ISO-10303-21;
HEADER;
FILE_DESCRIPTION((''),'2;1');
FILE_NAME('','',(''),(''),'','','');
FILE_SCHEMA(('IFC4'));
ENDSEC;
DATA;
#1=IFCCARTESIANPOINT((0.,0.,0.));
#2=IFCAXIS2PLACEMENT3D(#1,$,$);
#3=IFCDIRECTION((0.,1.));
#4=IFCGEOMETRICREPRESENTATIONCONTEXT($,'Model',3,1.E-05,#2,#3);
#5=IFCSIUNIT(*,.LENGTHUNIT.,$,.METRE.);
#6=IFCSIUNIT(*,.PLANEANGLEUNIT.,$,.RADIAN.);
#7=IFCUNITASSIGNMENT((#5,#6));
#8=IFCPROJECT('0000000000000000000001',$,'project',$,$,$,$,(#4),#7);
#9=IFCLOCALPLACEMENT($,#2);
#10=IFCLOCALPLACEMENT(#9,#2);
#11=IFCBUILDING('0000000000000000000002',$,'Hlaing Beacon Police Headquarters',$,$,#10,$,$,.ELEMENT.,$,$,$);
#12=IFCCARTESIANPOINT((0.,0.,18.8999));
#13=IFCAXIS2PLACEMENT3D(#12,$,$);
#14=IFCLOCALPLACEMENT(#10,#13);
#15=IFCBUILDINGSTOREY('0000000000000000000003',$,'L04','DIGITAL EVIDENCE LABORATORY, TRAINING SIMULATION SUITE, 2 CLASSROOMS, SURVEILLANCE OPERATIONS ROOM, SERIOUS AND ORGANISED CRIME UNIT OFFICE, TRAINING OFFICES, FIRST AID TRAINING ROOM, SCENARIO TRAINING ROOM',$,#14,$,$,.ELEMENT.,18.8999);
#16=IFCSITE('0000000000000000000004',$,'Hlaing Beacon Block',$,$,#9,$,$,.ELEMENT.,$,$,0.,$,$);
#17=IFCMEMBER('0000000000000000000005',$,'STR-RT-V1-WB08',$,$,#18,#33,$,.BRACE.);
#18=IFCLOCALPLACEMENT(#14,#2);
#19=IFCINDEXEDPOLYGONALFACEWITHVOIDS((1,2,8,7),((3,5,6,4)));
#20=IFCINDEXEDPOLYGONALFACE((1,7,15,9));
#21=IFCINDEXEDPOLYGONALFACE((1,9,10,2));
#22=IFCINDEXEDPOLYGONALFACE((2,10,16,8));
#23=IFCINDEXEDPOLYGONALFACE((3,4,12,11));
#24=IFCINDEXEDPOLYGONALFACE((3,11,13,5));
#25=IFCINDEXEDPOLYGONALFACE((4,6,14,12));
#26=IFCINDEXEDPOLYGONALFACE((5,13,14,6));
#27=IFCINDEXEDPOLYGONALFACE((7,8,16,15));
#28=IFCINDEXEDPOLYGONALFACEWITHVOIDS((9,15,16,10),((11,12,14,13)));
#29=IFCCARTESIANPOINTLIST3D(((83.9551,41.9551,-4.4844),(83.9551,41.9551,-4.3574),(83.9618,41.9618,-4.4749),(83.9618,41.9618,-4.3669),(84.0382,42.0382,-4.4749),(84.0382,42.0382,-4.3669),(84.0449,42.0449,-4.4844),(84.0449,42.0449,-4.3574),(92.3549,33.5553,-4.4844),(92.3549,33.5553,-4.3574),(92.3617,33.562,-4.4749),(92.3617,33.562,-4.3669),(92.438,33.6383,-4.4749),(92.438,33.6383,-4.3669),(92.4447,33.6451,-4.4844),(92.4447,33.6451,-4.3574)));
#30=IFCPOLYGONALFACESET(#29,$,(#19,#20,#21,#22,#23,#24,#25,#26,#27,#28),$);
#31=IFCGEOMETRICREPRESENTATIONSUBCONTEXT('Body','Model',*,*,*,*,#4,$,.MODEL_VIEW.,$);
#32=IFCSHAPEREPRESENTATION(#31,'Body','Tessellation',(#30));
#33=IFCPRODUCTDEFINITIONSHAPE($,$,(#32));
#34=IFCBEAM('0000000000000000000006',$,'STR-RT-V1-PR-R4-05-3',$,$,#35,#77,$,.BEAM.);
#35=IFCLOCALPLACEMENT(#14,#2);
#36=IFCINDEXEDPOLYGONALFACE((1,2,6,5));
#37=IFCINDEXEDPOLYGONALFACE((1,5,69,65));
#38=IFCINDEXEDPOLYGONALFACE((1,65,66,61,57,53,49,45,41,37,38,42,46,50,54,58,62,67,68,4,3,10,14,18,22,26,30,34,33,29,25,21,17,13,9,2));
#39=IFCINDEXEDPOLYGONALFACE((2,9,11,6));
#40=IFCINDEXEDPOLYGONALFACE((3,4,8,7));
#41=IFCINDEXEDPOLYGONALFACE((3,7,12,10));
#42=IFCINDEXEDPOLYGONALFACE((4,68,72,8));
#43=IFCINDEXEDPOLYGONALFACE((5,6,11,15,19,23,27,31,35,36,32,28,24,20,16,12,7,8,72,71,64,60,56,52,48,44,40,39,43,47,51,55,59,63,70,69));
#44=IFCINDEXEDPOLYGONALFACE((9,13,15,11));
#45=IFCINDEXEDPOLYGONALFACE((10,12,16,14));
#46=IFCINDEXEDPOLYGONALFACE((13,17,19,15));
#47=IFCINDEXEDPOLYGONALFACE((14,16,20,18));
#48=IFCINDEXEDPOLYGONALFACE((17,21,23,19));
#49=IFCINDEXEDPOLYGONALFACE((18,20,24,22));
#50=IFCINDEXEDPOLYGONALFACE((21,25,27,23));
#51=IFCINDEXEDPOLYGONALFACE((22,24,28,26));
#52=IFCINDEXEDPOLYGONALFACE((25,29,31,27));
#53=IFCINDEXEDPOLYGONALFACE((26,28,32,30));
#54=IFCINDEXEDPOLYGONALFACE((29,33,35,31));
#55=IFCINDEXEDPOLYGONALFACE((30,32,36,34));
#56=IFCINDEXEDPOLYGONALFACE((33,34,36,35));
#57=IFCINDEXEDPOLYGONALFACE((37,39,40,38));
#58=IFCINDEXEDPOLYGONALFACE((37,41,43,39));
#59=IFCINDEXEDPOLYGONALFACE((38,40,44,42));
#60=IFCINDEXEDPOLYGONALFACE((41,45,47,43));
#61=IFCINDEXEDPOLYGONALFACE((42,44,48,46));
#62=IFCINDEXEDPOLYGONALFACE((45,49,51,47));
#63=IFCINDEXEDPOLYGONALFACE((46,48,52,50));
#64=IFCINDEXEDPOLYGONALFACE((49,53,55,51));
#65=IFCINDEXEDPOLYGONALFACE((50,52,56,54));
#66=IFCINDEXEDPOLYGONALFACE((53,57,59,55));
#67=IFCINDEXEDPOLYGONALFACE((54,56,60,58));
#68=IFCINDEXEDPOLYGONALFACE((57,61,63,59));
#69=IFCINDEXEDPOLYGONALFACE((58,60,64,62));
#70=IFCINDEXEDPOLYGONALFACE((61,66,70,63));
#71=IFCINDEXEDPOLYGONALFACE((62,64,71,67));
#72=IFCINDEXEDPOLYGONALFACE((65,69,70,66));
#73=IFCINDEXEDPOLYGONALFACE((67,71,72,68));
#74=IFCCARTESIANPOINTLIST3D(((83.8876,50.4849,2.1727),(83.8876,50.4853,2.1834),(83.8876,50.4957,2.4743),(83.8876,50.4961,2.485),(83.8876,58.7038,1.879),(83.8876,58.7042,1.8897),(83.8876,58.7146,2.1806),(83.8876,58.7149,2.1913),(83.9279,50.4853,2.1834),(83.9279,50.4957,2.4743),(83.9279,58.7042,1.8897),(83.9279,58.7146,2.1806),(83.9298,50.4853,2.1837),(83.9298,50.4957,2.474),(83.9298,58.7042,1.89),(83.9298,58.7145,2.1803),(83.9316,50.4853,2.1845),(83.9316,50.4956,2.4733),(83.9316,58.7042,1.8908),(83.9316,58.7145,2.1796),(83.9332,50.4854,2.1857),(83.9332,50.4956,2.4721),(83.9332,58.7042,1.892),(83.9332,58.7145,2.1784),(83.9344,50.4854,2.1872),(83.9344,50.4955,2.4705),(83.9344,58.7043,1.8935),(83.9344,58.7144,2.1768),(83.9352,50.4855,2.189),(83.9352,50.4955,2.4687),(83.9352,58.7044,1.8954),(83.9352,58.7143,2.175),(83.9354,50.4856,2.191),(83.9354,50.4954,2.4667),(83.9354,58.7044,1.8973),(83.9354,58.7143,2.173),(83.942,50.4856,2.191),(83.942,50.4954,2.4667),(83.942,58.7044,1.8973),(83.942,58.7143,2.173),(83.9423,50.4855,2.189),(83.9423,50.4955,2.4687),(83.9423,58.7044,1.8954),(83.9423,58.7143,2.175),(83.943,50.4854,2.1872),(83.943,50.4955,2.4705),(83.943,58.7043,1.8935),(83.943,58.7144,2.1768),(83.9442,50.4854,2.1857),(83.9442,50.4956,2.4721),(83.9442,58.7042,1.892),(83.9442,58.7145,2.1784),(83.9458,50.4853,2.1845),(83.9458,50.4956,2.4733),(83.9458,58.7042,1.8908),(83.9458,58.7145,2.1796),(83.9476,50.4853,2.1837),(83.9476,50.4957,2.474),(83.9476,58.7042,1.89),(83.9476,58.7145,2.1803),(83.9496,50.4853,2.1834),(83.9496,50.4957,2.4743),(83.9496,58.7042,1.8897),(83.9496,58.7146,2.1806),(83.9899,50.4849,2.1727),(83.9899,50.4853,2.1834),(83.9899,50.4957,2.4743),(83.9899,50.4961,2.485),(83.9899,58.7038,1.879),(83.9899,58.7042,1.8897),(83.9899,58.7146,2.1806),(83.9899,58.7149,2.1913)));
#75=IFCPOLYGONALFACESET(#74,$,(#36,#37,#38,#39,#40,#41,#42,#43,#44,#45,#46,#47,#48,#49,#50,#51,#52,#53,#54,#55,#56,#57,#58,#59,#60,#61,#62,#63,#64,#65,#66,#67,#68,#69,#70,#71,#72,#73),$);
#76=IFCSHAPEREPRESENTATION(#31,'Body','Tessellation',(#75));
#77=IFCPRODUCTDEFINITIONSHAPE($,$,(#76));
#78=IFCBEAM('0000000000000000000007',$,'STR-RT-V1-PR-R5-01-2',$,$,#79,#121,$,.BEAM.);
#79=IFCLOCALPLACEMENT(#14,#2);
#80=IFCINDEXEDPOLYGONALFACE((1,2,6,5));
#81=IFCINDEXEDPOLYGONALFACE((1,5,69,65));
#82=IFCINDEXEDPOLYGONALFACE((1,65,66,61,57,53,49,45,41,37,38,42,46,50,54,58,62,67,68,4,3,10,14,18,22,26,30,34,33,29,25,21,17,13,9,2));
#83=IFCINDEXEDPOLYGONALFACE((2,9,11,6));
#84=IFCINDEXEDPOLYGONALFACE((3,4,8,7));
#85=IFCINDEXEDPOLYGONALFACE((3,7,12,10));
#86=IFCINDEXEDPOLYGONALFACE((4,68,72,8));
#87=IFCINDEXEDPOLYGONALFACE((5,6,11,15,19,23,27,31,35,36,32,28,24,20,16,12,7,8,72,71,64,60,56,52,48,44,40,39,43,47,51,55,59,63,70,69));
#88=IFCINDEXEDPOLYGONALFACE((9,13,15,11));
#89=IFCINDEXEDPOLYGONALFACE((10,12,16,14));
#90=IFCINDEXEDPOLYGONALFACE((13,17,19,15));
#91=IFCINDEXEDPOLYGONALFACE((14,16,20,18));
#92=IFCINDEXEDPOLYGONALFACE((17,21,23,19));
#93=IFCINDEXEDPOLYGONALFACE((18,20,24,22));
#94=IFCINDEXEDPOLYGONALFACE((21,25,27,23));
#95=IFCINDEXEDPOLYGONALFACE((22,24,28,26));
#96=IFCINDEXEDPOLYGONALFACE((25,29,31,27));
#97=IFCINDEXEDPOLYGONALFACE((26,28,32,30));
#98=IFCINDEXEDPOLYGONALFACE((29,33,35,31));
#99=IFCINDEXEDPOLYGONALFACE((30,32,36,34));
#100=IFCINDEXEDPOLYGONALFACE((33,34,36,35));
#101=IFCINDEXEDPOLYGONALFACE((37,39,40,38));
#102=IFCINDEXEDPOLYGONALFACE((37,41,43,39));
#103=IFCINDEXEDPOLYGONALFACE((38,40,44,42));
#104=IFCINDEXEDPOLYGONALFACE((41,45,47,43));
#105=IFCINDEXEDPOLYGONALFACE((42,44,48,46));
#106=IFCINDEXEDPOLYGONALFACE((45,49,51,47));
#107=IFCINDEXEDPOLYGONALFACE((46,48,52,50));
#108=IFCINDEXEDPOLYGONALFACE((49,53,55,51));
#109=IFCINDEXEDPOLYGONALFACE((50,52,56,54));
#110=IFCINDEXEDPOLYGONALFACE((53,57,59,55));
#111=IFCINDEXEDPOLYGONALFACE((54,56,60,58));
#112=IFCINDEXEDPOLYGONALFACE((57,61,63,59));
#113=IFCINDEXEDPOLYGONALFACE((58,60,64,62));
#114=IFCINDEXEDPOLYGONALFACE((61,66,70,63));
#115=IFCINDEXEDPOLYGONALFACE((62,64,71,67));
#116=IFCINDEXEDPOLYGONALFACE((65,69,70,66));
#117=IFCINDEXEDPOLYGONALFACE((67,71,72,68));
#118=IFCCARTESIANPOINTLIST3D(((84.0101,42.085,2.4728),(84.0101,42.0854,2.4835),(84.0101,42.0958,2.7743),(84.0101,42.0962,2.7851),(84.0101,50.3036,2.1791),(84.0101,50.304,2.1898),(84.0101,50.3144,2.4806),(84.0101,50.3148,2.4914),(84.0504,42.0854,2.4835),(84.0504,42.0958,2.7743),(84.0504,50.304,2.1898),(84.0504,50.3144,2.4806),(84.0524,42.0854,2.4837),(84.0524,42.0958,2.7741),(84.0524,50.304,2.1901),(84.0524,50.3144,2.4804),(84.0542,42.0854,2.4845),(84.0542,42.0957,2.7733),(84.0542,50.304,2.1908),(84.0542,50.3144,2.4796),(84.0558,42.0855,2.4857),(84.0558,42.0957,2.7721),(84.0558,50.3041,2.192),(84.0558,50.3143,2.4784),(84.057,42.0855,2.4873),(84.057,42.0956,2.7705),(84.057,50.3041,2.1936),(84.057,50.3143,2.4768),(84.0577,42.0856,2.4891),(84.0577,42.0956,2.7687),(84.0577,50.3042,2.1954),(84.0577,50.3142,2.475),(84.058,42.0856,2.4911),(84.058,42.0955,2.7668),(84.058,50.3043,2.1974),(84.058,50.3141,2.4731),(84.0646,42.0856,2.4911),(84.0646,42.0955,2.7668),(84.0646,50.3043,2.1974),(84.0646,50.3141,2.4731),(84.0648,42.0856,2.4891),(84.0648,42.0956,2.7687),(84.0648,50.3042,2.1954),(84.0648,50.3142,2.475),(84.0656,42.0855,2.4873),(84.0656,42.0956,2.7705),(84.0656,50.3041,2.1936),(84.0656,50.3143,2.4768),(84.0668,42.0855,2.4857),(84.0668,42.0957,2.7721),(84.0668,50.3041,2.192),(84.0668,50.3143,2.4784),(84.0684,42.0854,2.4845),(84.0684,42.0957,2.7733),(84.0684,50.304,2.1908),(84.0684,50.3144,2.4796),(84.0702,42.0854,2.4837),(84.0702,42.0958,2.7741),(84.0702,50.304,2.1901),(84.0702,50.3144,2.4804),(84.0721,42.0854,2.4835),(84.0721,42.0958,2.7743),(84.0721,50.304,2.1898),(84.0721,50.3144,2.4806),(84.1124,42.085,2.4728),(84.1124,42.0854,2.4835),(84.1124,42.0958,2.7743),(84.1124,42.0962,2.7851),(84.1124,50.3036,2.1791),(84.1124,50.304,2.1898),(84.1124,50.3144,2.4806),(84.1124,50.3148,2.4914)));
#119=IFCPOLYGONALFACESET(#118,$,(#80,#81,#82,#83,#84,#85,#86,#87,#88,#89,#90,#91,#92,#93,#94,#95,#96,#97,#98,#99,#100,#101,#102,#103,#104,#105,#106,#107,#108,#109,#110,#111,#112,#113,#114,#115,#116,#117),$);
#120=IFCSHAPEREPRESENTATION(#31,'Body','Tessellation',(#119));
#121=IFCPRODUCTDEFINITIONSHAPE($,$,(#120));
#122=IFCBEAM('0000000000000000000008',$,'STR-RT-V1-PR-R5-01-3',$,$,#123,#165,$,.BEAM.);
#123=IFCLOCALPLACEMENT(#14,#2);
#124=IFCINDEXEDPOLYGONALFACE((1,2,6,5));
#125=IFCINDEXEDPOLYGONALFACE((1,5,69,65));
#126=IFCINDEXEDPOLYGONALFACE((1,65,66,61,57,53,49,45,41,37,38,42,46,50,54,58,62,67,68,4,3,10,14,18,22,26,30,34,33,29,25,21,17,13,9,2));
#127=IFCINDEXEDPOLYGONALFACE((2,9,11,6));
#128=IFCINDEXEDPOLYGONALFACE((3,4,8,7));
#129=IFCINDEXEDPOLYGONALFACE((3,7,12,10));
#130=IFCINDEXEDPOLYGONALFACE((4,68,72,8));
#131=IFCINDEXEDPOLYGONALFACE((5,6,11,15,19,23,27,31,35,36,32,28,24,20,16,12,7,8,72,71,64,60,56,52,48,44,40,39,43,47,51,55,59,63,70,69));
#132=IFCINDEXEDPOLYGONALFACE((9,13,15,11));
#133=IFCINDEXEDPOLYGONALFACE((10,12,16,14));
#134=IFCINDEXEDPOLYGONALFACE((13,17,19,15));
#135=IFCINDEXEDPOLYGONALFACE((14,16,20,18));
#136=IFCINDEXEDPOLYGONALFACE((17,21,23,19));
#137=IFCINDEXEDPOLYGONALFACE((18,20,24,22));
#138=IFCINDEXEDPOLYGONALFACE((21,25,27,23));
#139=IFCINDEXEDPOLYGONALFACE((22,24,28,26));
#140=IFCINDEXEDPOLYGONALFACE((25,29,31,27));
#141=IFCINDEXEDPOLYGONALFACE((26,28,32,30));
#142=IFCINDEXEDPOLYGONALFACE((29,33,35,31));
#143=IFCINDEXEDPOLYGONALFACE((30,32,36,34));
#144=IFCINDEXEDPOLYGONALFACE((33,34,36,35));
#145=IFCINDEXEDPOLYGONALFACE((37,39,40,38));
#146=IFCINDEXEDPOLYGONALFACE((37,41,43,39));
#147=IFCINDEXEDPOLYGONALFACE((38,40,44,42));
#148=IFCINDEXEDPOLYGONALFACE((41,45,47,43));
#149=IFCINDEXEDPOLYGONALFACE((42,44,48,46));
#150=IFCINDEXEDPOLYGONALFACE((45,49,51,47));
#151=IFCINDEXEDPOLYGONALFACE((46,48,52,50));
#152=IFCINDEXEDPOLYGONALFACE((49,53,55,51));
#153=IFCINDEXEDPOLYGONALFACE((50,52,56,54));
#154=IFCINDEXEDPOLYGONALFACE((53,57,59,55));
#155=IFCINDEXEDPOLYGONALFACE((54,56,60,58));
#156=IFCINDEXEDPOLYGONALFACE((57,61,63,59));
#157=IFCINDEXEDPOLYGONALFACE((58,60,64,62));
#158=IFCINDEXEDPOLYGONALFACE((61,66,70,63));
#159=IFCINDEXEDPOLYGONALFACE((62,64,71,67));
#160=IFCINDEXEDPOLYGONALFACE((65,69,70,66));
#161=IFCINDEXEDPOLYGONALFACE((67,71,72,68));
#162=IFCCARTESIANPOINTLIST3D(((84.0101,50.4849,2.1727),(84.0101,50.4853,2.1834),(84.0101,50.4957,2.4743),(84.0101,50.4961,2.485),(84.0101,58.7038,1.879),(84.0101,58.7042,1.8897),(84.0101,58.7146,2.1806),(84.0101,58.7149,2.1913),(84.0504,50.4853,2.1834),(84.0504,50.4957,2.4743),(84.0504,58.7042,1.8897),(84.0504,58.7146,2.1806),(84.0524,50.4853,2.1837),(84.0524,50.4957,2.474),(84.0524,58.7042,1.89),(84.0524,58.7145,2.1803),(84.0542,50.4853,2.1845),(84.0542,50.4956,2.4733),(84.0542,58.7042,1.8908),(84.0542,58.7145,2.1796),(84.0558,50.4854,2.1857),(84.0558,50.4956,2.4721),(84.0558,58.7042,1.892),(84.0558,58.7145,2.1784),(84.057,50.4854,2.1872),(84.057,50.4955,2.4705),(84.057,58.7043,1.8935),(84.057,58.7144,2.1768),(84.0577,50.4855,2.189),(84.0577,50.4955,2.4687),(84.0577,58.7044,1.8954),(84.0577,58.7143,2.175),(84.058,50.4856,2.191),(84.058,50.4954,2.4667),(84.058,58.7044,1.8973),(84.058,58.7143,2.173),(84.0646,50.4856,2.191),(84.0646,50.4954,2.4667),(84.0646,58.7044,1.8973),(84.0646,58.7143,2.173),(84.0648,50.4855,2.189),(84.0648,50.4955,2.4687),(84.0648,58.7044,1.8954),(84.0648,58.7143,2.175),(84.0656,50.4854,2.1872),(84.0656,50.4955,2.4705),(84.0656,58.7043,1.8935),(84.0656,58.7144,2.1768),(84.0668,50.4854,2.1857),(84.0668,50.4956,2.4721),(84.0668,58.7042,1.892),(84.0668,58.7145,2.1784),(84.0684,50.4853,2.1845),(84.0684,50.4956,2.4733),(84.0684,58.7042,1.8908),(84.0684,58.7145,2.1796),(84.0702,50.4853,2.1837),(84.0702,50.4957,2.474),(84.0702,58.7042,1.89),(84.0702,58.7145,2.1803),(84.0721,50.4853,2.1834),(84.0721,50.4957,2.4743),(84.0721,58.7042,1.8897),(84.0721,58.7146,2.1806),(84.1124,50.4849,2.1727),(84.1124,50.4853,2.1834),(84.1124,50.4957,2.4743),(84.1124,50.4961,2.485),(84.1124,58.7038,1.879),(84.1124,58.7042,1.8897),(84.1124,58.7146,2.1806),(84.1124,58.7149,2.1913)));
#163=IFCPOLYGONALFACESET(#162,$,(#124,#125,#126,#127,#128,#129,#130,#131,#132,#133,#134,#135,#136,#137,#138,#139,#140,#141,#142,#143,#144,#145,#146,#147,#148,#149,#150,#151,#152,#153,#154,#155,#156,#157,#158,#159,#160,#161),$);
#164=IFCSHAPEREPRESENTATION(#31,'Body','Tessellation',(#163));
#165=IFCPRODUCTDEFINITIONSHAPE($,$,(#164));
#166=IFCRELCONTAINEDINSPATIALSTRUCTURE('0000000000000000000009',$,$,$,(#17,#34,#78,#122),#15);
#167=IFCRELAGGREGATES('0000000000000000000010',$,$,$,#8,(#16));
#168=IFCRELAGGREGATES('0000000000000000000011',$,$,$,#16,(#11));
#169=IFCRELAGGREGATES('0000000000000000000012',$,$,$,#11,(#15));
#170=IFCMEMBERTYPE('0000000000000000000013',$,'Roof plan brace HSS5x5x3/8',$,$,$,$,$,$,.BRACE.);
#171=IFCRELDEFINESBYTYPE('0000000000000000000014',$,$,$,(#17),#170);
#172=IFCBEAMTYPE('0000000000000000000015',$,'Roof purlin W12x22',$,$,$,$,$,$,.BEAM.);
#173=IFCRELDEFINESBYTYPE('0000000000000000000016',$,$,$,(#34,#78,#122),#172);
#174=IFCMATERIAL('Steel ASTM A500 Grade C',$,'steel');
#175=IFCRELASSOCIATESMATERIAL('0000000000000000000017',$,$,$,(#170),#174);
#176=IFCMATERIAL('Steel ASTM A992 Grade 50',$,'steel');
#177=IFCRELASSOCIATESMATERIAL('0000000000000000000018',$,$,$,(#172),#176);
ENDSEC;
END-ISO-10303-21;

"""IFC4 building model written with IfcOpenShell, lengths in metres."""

from ifc_helpers import new_model, si_unit, direction, frame, origin, origin_2d, place, context, subcontext, project, spatial, hollow_rectangle, i_section, extrude, material, material_profile, profile_set, type_object, element, save


model = new_model("IFC4")

# Units and contexts
model_context = context("Model", 3, precision=1e-05, world=origin(), true_north=direction((0.0, 1.0)))
body_context = subcontext(model_context, "Body", "Model", "MODEL_VIEW")
ifc_project = project(units=[si_unit("LENGTHUNIT", "METRE"), si_unit("PLANEANGLEUNIT", "RADIAN")], contexts=[model_context])

# Site, building, storey
site_placement = place(None, origin())
site = spatial("IfcSite", under=ifc_project, at=site_placement, Name="Hlaing Beacon Block", CompositionType="ELEMENT", RefElevation=0.0)
building_placement = place(site_placement, origin())
building = spatial("IfcBuilding", under=site, at=building_placement, Name="Hlaing Beacon Police Headquarters", CompositionType="ELEMENT")
storey_placement = place(building_placement, frame((0.0, 0.0, 18.8999)))
storey = spatial("IfcBuildingStorey", under=building, at=storey_placement, Name="L04", Description="DIGITAL EVIDENCE LABORATORY, TRAINING SIMULATION SUITE, 2 CLASSROOMS, SURVEILLANCE OPERATIONS ROOM, SERIOUS AND ORGANISED CRIME UNIT OFFICE, TRAINING OFFICES, FIRST AID TRAINING ROOM, SCENARIO TRAINING ROOM", CompositionType="ELEMENT", Elevation=18.8999)

# Member
ifc_material_1 = material(Name="Steel ASTM A500 Grade C", Category="steel")
ifc_material_profile_1 = material_profile(ifc_material_1, hollow_rectangle(XDim=0.127, YDim=0.127, WallThickness=0.0095, at=origin_2d()), Name="HSS5x5x3/8")
ifc_profile_set_1 = profile_set([ifc_material_profile_1], Name="Steel ASTM A500 Grade C")
member_type_1 = type_object("IfcMemberType", Name="Roof plan brace HSS5x5x3/8", PredefinedType="BRACE", material=ifc_profile_set_1)
member_1_placement = place(storey_placement, frame((84.0, 42.0, -4.4209), z_axis=(0.707107, -0.707107, 0.0), x_axis=(0.707107, 0.707107, 0.0)))
element("IfcMember", 1, at=member_1_placement, inside=storey, type_object=member_type_1, Name="STR-RT-V1-WB08", PredefinedType="BRACE", context=body_context, shape_type="SweptSolid", body=[
    extrude(hollow_rectangle(XDim=0.127, YDim=0.127, WallThickness=0.0095, at=origin_2d()), origin(), (0.0, 0.0, 1.0), 11.8792),
])

# Beams
ifc_material_2 = material(Name="Steel ASTM A992 Grade 50", Category="steel")
ifc_material_profile_2 = material_profile(ifc_material_2, i_section(OverallWidth=0.1023, OverallDepth=0.3125, WebThickness=0.0066, FlangeThickness=0.0107, FilletRadius=0.0076, at=origin_2d()), Name="W12x22")
ifc_profile_set_2 = profile_set([ifc_material_profile_2], Name="Steel ASTM A992 Grade 50")
beam_type_1 = type_object("IfcBeamType", Name="Roof purlin W12x22", PredefinedType="BEAM", material=ifc_profile_set_2)
beam_1_placement = place(storey_placement, frame((83.9387, 50.4905, 2.3289), z_axis=(0.0, 0.999362, -0.035712), x_axis=(-1.0, 0.0, 0.0)))
element("IfcBeam", 2, at=beam_1_placement, inside=storey, type_object=beam_type_1, Name="STR-RT-V1-PR-R4-05-3", PredefinedType="BEAM", context=body_context, shape_type="SweptSolid", body=[
    extrude(i_section(OverallWidth=0.1023, OverallDepth=0.3125, WebThickness=0.0066, FlangeThickness=0.0107, FilletRadius=0.0076, at=origin_2d()), origin(), (0.0, 0.0, 1.0), 8.2241),
])
beam_2_placement = place(storey_placement, frame((84.0613, 42.0906, 2.6289), z_axis=(0.0, 0.999362, -0.035713), x_axis=(-1.0, 0.0, 0.0)))
element("IfcBeam", 3, at=beam_2_placement, inside=storey, type_object=beam_type_1, Name="STR-RT-V1-PR-R5-01-2", PredefinedType="BEAM", context=body_context, shape_type="SweptSolid", body=[
    extrude(i_section(OverallWidth=0.1023, OverallDepth=0.3125, WebThickness=0.0066, FlangeThickness=0.0107, FilletRadius=0.0076, at=origin_2d()), origin(), (0.0, 0.0, 1.0), 8.2239),
])
beam_3_placement = place(storey_placement, frame((84.0613, 50.4905, 2.3289), z_axis=(0.0, 0.999362, -0.035712), x_axis=(-1.0, 0.0, 0.0)))
element("IfcBeam", 4, at=beam_3_placement, inside=storey, type_object=beam_type_1, Name="STR-RT-V1-PR-R5-01-3", PredefinedType="BEAM", context=body_context, shape_type="SweptSolid", body=[
    extrude(i_section(OverallWidth=0.1023, OverallDepth=0.3125, WebThickness=0.0066, FlangeThickness=0.0107, FilletRadius=0.0076, at=origin_2d()), origin(), (0.0, 0.0, 1.0), 8.2241),
])

save(model, "model.ifc")
